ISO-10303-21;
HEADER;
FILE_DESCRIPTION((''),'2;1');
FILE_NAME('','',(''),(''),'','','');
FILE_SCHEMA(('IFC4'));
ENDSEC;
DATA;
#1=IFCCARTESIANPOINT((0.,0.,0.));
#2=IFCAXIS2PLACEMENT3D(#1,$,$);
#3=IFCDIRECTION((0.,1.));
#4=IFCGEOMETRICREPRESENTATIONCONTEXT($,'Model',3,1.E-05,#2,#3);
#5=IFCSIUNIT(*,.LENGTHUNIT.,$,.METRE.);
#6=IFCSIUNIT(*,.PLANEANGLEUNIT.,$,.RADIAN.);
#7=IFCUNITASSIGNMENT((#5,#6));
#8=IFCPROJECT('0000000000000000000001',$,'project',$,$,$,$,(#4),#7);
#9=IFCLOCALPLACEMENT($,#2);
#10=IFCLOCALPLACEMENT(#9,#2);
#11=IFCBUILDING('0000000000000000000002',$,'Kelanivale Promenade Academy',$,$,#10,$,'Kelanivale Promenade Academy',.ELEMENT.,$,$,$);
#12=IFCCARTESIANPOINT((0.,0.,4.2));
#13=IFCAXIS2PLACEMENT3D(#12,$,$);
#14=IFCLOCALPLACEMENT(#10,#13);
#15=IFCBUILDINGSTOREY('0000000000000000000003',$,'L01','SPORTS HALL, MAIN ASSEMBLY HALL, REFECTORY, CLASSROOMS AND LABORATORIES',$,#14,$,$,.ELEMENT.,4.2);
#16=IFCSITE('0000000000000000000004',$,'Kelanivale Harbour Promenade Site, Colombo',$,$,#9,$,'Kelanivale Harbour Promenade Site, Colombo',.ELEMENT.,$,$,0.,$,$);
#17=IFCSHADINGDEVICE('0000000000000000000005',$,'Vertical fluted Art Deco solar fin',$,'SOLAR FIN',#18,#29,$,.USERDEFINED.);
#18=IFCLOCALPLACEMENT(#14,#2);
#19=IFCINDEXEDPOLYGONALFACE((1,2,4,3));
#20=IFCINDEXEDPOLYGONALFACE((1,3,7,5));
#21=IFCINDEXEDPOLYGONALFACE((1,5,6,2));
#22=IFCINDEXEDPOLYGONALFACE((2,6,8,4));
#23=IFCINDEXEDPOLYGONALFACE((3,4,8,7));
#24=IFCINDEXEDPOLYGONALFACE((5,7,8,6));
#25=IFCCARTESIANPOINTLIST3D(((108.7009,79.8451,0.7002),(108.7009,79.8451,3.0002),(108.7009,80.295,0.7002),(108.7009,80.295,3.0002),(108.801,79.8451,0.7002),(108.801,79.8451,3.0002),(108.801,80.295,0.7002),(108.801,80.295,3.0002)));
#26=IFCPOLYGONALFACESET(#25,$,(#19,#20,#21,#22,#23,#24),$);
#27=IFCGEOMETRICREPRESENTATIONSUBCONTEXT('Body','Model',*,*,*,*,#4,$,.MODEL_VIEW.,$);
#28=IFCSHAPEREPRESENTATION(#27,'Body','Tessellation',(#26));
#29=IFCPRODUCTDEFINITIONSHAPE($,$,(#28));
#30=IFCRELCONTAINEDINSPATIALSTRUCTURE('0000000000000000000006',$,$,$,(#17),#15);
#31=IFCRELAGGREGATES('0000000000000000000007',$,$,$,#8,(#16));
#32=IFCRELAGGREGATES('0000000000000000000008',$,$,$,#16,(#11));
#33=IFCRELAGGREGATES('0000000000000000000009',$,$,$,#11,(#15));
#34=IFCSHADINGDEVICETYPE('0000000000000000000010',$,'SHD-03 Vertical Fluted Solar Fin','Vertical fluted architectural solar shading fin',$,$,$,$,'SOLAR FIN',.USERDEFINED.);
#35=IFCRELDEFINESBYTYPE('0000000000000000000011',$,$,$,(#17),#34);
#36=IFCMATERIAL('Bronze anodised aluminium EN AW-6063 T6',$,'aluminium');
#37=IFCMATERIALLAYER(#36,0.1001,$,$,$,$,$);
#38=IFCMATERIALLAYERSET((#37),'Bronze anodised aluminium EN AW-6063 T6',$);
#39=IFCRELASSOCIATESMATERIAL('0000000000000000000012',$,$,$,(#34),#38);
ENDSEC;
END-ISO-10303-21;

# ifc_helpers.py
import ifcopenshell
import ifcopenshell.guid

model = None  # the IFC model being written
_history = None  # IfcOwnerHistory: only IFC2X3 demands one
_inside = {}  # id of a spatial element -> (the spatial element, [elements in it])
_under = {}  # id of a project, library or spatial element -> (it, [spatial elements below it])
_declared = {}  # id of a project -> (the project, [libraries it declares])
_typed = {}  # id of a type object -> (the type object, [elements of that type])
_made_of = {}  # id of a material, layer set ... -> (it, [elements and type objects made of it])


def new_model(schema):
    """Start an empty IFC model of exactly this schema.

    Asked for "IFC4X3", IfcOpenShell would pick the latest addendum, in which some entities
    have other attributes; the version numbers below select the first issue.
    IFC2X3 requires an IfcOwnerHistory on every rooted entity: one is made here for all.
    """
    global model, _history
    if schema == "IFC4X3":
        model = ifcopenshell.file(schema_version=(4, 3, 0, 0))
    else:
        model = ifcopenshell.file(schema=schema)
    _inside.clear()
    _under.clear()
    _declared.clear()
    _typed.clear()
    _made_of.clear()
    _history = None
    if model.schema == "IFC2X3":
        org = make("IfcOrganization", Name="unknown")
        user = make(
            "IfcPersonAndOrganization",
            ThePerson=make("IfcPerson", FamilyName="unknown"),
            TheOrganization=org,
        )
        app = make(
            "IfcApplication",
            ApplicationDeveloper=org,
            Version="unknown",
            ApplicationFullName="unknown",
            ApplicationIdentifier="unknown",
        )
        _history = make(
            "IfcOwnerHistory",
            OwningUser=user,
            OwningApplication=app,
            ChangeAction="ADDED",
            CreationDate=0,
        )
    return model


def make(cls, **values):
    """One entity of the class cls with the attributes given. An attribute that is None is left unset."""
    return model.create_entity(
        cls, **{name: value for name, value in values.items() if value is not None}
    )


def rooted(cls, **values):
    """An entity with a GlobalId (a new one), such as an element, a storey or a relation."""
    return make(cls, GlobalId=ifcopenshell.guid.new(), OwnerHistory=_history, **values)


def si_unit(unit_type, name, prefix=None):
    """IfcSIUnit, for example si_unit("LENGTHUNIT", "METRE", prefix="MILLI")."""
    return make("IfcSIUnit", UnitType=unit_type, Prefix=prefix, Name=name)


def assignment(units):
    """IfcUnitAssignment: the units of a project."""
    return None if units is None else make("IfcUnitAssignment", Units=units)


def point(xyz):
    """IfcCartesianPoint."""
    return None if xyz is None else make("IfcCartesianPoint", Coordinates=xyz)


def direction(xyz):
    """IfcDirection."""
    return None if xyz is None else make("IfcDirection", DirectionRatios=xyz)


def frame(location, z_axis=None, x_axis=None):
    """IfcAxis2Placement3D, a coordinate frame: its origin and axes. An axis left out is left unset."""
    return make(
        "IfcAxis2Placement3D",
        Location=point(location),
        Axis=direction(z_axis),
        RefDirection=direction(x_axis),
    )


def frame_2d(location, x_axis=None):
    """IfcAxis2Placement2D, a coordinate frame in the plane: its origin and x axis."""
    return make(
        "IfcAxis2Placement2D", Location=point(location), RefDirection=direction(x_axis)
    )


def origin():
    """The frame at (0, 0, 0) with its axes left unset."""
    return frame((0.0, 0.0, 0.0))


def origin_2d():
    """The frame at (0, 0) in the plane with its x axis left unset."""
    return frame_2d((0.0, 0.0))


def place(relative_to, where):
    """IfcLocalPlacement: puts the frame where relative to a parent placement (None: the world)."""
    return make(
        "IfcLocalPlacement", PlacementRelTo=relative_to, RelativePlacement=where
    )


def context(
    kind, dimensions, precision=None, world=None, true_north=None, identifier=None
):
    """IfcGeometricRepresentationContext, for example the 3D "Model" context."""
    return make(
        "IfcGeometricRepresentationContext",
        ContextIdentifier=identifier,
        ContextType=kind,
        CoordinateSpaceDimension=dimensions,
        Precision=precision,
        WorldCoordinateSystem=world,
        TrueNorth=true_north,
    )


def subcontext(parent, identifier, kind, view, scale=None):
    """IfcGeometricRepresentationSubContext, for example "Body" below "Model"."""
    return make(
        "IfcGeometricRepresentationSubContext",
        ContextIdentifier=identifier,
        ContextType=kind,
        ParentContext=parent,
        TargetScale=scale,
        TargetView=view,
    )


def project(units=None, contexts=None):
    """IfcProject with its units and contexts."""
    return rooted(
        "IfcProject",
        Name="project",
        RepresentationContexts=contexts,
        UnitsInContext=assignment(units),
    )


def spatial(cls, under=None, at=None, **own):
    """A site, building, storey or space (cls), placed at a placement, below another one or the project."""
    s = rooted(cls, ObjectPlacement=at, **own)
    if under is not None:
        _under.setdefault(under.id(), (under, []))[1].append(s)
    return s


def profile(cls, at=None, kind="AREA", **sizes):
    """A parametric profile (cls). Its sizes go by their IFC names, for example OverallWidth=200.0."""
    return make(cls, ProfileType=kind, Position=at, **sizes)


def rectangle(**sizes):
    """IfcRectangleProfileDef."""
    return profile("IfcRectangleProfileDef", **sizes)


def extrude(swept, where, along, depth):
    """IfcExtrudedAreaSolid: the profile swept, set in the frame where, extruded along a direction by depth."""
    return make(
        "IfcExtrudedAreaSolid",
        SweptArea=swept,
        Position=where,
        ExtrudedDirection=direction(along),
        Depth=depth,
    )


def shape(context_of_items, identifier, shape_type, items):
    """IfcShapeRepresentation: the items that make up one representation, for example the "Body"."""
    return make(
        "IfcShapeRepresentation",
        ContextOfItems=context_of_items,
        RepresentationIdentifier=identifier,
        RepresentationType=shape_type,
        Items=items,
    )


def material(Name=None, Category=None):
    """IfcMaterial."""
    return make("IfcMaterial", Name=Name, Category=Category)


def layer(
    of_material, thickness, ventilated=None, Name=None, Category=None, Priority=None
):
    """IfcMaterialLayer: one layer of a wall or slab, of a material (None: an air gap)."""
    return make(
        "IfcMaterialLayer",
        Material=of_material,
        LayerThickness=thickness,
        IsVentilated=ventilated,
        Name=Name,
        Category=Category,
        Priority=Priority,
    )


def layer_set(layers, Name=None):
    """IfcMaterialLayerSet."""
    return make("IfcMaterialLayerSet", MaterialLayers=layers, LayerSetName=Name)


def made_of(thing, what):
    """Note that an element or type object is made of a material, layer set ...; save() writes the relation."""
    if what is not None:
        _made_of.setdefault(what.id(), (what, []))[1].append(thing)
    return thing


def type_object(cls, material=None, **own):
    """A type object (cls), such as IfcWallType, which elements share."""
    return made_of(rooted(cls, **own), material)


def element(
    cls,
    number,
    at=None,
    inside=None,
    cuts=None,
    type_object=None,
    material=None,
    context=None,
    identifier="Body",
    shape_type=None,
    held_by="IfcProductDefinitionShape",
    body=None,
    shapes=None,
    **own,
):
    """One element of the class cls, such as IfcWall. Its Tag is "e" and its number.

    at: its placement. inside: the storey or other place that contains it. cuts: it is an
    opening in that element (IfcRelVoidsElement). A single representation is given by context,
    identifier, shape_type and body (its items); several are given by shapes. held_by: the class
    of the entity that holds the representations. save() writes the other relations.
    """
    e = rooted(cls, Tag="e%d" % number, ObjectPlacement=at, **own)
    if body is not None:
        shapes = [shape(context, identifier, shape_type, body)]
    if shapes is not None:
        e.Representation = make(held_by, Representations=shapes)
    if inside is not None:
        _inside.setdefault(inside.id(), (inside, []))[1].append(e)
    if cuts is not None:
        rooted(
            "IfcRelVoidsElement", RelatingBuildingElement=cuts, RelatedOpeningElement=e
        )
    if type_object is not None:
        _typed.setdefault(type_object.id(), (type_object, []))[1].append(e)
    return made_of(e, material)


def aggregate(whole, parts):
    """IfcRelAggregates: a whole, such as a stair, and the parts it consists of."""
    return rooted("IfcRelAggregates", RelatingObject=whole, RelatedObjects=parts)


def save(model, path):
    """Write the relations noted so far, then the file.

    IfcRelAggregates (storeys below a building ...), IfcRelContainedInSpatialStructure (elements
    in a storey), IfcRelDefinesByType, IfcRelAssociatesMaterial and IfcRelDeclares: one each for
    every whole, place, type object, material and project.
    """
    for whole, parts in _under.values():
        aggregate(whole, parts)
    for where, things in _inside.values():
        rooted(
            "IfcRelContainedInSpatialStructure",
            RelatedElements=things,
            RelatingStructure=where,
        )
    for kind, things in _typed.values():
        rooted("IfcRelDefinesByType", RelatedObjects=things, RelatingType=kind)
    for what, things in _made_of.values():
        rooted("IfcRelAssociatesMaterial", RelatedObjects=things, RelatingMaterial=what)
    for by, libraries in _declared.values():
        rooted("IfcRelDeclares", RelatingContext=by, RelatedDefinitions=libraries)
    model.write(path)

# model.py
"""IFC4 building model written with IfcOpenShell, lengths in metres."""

from ifc_helpers import new_model, si_unit, direction, frame, origin, origin_2d, place, context, subcontext, project, spatial, rectangle, extrude, material, layer, layer_set, type_object, element, save


model = new_model("IFC4")

# Units and contexts
model_context = context("Model", 3, precision=1e-05, world=origin(), true_north=direction((0.0, 1.0)))
body_context = subcontext(model_context, "Body", "Model", "MODEL_VIEW")
ifc_project = project(units=[si_unit("LENGTHUNIT", "METRE"), si_unit("PLANEANGLEUNIT", "RADIAN")], contexts=[model_context])

# Site, building, storey
site_placement = place(None, origin())
site = spatial("IfcSite", under=ifc_project, at=site_placement, Name="Kelanivale Harbour Promenade Site, Colombo", LongName="Kelanivale Harbour Promenade Site, Colombo", CompositionType="ELEMENT", RefElevation=0.0)
building_placement = place(site_placement, origin())
building = spatial("IfcBuilding", under=site, at=building_placement, Name="Kelanivale Promenade Academy", LongName="Kelanivale Promenade Academy", CompositionType="ELEMENT")
storey_placement = place(building_placement, frame((0.0, 0.0, 4.2)))
storey = spatial("IfcBuildingStorey", under=building, at=storey_placement, Name="L01", Description="SPORTS HALL, MAIN ASSEMBLY HALL, REFECTORY, CLASSROOMS AND LABORATORIES", CompositionType="ELEMENT", Elevation=4.2)

# Shading device
ifc_material_1 = material(Name="Bronze anodised aluminium EN AW-6063 T6", Category="aluminium")
ifc_layer_1 = layer(ifc_material_1, 0.1001)
ifc_layer_set_1 = layer_set([ifc_layer_1], Name="Bronze anodised aluminium EN AW-6063 T6")
shading_device_type_1 = type_object("IfcShadingDeviceType", Name="SHD-03 Vertical Fluted Solar Fin", Description="Vertical fluted architectural solar shading fin", ElementType="SOLAR FIN", PredefinedType="USERDEFINED", material=ifc_layer_set_1)
shading_device_1_placement = place(storey_placement, frame((108.751, 80.0701, 0.7002), z_axis=(0.0, 0.0, 1.0), x_axis=(-1.0, 0.0, 0.0)))
element("IfcShadingDevice", 1, at=shading_device_1_placement, inside=storey, type_object=shading_device_type_1, Name="Vertical fluted Art Deco solar fin", ObjectType="SOLAR FIN", PredefinedType="USERDEFINED", context=body_context, shape_type="SweptSolid", body=[
    extrude(rectangle(XDim=0.1001, YDim=0.45, at=origin_2d()), origin(), (0.0, 0.0, 1.0), 2.3),
])

save(model, "model.ifc")
